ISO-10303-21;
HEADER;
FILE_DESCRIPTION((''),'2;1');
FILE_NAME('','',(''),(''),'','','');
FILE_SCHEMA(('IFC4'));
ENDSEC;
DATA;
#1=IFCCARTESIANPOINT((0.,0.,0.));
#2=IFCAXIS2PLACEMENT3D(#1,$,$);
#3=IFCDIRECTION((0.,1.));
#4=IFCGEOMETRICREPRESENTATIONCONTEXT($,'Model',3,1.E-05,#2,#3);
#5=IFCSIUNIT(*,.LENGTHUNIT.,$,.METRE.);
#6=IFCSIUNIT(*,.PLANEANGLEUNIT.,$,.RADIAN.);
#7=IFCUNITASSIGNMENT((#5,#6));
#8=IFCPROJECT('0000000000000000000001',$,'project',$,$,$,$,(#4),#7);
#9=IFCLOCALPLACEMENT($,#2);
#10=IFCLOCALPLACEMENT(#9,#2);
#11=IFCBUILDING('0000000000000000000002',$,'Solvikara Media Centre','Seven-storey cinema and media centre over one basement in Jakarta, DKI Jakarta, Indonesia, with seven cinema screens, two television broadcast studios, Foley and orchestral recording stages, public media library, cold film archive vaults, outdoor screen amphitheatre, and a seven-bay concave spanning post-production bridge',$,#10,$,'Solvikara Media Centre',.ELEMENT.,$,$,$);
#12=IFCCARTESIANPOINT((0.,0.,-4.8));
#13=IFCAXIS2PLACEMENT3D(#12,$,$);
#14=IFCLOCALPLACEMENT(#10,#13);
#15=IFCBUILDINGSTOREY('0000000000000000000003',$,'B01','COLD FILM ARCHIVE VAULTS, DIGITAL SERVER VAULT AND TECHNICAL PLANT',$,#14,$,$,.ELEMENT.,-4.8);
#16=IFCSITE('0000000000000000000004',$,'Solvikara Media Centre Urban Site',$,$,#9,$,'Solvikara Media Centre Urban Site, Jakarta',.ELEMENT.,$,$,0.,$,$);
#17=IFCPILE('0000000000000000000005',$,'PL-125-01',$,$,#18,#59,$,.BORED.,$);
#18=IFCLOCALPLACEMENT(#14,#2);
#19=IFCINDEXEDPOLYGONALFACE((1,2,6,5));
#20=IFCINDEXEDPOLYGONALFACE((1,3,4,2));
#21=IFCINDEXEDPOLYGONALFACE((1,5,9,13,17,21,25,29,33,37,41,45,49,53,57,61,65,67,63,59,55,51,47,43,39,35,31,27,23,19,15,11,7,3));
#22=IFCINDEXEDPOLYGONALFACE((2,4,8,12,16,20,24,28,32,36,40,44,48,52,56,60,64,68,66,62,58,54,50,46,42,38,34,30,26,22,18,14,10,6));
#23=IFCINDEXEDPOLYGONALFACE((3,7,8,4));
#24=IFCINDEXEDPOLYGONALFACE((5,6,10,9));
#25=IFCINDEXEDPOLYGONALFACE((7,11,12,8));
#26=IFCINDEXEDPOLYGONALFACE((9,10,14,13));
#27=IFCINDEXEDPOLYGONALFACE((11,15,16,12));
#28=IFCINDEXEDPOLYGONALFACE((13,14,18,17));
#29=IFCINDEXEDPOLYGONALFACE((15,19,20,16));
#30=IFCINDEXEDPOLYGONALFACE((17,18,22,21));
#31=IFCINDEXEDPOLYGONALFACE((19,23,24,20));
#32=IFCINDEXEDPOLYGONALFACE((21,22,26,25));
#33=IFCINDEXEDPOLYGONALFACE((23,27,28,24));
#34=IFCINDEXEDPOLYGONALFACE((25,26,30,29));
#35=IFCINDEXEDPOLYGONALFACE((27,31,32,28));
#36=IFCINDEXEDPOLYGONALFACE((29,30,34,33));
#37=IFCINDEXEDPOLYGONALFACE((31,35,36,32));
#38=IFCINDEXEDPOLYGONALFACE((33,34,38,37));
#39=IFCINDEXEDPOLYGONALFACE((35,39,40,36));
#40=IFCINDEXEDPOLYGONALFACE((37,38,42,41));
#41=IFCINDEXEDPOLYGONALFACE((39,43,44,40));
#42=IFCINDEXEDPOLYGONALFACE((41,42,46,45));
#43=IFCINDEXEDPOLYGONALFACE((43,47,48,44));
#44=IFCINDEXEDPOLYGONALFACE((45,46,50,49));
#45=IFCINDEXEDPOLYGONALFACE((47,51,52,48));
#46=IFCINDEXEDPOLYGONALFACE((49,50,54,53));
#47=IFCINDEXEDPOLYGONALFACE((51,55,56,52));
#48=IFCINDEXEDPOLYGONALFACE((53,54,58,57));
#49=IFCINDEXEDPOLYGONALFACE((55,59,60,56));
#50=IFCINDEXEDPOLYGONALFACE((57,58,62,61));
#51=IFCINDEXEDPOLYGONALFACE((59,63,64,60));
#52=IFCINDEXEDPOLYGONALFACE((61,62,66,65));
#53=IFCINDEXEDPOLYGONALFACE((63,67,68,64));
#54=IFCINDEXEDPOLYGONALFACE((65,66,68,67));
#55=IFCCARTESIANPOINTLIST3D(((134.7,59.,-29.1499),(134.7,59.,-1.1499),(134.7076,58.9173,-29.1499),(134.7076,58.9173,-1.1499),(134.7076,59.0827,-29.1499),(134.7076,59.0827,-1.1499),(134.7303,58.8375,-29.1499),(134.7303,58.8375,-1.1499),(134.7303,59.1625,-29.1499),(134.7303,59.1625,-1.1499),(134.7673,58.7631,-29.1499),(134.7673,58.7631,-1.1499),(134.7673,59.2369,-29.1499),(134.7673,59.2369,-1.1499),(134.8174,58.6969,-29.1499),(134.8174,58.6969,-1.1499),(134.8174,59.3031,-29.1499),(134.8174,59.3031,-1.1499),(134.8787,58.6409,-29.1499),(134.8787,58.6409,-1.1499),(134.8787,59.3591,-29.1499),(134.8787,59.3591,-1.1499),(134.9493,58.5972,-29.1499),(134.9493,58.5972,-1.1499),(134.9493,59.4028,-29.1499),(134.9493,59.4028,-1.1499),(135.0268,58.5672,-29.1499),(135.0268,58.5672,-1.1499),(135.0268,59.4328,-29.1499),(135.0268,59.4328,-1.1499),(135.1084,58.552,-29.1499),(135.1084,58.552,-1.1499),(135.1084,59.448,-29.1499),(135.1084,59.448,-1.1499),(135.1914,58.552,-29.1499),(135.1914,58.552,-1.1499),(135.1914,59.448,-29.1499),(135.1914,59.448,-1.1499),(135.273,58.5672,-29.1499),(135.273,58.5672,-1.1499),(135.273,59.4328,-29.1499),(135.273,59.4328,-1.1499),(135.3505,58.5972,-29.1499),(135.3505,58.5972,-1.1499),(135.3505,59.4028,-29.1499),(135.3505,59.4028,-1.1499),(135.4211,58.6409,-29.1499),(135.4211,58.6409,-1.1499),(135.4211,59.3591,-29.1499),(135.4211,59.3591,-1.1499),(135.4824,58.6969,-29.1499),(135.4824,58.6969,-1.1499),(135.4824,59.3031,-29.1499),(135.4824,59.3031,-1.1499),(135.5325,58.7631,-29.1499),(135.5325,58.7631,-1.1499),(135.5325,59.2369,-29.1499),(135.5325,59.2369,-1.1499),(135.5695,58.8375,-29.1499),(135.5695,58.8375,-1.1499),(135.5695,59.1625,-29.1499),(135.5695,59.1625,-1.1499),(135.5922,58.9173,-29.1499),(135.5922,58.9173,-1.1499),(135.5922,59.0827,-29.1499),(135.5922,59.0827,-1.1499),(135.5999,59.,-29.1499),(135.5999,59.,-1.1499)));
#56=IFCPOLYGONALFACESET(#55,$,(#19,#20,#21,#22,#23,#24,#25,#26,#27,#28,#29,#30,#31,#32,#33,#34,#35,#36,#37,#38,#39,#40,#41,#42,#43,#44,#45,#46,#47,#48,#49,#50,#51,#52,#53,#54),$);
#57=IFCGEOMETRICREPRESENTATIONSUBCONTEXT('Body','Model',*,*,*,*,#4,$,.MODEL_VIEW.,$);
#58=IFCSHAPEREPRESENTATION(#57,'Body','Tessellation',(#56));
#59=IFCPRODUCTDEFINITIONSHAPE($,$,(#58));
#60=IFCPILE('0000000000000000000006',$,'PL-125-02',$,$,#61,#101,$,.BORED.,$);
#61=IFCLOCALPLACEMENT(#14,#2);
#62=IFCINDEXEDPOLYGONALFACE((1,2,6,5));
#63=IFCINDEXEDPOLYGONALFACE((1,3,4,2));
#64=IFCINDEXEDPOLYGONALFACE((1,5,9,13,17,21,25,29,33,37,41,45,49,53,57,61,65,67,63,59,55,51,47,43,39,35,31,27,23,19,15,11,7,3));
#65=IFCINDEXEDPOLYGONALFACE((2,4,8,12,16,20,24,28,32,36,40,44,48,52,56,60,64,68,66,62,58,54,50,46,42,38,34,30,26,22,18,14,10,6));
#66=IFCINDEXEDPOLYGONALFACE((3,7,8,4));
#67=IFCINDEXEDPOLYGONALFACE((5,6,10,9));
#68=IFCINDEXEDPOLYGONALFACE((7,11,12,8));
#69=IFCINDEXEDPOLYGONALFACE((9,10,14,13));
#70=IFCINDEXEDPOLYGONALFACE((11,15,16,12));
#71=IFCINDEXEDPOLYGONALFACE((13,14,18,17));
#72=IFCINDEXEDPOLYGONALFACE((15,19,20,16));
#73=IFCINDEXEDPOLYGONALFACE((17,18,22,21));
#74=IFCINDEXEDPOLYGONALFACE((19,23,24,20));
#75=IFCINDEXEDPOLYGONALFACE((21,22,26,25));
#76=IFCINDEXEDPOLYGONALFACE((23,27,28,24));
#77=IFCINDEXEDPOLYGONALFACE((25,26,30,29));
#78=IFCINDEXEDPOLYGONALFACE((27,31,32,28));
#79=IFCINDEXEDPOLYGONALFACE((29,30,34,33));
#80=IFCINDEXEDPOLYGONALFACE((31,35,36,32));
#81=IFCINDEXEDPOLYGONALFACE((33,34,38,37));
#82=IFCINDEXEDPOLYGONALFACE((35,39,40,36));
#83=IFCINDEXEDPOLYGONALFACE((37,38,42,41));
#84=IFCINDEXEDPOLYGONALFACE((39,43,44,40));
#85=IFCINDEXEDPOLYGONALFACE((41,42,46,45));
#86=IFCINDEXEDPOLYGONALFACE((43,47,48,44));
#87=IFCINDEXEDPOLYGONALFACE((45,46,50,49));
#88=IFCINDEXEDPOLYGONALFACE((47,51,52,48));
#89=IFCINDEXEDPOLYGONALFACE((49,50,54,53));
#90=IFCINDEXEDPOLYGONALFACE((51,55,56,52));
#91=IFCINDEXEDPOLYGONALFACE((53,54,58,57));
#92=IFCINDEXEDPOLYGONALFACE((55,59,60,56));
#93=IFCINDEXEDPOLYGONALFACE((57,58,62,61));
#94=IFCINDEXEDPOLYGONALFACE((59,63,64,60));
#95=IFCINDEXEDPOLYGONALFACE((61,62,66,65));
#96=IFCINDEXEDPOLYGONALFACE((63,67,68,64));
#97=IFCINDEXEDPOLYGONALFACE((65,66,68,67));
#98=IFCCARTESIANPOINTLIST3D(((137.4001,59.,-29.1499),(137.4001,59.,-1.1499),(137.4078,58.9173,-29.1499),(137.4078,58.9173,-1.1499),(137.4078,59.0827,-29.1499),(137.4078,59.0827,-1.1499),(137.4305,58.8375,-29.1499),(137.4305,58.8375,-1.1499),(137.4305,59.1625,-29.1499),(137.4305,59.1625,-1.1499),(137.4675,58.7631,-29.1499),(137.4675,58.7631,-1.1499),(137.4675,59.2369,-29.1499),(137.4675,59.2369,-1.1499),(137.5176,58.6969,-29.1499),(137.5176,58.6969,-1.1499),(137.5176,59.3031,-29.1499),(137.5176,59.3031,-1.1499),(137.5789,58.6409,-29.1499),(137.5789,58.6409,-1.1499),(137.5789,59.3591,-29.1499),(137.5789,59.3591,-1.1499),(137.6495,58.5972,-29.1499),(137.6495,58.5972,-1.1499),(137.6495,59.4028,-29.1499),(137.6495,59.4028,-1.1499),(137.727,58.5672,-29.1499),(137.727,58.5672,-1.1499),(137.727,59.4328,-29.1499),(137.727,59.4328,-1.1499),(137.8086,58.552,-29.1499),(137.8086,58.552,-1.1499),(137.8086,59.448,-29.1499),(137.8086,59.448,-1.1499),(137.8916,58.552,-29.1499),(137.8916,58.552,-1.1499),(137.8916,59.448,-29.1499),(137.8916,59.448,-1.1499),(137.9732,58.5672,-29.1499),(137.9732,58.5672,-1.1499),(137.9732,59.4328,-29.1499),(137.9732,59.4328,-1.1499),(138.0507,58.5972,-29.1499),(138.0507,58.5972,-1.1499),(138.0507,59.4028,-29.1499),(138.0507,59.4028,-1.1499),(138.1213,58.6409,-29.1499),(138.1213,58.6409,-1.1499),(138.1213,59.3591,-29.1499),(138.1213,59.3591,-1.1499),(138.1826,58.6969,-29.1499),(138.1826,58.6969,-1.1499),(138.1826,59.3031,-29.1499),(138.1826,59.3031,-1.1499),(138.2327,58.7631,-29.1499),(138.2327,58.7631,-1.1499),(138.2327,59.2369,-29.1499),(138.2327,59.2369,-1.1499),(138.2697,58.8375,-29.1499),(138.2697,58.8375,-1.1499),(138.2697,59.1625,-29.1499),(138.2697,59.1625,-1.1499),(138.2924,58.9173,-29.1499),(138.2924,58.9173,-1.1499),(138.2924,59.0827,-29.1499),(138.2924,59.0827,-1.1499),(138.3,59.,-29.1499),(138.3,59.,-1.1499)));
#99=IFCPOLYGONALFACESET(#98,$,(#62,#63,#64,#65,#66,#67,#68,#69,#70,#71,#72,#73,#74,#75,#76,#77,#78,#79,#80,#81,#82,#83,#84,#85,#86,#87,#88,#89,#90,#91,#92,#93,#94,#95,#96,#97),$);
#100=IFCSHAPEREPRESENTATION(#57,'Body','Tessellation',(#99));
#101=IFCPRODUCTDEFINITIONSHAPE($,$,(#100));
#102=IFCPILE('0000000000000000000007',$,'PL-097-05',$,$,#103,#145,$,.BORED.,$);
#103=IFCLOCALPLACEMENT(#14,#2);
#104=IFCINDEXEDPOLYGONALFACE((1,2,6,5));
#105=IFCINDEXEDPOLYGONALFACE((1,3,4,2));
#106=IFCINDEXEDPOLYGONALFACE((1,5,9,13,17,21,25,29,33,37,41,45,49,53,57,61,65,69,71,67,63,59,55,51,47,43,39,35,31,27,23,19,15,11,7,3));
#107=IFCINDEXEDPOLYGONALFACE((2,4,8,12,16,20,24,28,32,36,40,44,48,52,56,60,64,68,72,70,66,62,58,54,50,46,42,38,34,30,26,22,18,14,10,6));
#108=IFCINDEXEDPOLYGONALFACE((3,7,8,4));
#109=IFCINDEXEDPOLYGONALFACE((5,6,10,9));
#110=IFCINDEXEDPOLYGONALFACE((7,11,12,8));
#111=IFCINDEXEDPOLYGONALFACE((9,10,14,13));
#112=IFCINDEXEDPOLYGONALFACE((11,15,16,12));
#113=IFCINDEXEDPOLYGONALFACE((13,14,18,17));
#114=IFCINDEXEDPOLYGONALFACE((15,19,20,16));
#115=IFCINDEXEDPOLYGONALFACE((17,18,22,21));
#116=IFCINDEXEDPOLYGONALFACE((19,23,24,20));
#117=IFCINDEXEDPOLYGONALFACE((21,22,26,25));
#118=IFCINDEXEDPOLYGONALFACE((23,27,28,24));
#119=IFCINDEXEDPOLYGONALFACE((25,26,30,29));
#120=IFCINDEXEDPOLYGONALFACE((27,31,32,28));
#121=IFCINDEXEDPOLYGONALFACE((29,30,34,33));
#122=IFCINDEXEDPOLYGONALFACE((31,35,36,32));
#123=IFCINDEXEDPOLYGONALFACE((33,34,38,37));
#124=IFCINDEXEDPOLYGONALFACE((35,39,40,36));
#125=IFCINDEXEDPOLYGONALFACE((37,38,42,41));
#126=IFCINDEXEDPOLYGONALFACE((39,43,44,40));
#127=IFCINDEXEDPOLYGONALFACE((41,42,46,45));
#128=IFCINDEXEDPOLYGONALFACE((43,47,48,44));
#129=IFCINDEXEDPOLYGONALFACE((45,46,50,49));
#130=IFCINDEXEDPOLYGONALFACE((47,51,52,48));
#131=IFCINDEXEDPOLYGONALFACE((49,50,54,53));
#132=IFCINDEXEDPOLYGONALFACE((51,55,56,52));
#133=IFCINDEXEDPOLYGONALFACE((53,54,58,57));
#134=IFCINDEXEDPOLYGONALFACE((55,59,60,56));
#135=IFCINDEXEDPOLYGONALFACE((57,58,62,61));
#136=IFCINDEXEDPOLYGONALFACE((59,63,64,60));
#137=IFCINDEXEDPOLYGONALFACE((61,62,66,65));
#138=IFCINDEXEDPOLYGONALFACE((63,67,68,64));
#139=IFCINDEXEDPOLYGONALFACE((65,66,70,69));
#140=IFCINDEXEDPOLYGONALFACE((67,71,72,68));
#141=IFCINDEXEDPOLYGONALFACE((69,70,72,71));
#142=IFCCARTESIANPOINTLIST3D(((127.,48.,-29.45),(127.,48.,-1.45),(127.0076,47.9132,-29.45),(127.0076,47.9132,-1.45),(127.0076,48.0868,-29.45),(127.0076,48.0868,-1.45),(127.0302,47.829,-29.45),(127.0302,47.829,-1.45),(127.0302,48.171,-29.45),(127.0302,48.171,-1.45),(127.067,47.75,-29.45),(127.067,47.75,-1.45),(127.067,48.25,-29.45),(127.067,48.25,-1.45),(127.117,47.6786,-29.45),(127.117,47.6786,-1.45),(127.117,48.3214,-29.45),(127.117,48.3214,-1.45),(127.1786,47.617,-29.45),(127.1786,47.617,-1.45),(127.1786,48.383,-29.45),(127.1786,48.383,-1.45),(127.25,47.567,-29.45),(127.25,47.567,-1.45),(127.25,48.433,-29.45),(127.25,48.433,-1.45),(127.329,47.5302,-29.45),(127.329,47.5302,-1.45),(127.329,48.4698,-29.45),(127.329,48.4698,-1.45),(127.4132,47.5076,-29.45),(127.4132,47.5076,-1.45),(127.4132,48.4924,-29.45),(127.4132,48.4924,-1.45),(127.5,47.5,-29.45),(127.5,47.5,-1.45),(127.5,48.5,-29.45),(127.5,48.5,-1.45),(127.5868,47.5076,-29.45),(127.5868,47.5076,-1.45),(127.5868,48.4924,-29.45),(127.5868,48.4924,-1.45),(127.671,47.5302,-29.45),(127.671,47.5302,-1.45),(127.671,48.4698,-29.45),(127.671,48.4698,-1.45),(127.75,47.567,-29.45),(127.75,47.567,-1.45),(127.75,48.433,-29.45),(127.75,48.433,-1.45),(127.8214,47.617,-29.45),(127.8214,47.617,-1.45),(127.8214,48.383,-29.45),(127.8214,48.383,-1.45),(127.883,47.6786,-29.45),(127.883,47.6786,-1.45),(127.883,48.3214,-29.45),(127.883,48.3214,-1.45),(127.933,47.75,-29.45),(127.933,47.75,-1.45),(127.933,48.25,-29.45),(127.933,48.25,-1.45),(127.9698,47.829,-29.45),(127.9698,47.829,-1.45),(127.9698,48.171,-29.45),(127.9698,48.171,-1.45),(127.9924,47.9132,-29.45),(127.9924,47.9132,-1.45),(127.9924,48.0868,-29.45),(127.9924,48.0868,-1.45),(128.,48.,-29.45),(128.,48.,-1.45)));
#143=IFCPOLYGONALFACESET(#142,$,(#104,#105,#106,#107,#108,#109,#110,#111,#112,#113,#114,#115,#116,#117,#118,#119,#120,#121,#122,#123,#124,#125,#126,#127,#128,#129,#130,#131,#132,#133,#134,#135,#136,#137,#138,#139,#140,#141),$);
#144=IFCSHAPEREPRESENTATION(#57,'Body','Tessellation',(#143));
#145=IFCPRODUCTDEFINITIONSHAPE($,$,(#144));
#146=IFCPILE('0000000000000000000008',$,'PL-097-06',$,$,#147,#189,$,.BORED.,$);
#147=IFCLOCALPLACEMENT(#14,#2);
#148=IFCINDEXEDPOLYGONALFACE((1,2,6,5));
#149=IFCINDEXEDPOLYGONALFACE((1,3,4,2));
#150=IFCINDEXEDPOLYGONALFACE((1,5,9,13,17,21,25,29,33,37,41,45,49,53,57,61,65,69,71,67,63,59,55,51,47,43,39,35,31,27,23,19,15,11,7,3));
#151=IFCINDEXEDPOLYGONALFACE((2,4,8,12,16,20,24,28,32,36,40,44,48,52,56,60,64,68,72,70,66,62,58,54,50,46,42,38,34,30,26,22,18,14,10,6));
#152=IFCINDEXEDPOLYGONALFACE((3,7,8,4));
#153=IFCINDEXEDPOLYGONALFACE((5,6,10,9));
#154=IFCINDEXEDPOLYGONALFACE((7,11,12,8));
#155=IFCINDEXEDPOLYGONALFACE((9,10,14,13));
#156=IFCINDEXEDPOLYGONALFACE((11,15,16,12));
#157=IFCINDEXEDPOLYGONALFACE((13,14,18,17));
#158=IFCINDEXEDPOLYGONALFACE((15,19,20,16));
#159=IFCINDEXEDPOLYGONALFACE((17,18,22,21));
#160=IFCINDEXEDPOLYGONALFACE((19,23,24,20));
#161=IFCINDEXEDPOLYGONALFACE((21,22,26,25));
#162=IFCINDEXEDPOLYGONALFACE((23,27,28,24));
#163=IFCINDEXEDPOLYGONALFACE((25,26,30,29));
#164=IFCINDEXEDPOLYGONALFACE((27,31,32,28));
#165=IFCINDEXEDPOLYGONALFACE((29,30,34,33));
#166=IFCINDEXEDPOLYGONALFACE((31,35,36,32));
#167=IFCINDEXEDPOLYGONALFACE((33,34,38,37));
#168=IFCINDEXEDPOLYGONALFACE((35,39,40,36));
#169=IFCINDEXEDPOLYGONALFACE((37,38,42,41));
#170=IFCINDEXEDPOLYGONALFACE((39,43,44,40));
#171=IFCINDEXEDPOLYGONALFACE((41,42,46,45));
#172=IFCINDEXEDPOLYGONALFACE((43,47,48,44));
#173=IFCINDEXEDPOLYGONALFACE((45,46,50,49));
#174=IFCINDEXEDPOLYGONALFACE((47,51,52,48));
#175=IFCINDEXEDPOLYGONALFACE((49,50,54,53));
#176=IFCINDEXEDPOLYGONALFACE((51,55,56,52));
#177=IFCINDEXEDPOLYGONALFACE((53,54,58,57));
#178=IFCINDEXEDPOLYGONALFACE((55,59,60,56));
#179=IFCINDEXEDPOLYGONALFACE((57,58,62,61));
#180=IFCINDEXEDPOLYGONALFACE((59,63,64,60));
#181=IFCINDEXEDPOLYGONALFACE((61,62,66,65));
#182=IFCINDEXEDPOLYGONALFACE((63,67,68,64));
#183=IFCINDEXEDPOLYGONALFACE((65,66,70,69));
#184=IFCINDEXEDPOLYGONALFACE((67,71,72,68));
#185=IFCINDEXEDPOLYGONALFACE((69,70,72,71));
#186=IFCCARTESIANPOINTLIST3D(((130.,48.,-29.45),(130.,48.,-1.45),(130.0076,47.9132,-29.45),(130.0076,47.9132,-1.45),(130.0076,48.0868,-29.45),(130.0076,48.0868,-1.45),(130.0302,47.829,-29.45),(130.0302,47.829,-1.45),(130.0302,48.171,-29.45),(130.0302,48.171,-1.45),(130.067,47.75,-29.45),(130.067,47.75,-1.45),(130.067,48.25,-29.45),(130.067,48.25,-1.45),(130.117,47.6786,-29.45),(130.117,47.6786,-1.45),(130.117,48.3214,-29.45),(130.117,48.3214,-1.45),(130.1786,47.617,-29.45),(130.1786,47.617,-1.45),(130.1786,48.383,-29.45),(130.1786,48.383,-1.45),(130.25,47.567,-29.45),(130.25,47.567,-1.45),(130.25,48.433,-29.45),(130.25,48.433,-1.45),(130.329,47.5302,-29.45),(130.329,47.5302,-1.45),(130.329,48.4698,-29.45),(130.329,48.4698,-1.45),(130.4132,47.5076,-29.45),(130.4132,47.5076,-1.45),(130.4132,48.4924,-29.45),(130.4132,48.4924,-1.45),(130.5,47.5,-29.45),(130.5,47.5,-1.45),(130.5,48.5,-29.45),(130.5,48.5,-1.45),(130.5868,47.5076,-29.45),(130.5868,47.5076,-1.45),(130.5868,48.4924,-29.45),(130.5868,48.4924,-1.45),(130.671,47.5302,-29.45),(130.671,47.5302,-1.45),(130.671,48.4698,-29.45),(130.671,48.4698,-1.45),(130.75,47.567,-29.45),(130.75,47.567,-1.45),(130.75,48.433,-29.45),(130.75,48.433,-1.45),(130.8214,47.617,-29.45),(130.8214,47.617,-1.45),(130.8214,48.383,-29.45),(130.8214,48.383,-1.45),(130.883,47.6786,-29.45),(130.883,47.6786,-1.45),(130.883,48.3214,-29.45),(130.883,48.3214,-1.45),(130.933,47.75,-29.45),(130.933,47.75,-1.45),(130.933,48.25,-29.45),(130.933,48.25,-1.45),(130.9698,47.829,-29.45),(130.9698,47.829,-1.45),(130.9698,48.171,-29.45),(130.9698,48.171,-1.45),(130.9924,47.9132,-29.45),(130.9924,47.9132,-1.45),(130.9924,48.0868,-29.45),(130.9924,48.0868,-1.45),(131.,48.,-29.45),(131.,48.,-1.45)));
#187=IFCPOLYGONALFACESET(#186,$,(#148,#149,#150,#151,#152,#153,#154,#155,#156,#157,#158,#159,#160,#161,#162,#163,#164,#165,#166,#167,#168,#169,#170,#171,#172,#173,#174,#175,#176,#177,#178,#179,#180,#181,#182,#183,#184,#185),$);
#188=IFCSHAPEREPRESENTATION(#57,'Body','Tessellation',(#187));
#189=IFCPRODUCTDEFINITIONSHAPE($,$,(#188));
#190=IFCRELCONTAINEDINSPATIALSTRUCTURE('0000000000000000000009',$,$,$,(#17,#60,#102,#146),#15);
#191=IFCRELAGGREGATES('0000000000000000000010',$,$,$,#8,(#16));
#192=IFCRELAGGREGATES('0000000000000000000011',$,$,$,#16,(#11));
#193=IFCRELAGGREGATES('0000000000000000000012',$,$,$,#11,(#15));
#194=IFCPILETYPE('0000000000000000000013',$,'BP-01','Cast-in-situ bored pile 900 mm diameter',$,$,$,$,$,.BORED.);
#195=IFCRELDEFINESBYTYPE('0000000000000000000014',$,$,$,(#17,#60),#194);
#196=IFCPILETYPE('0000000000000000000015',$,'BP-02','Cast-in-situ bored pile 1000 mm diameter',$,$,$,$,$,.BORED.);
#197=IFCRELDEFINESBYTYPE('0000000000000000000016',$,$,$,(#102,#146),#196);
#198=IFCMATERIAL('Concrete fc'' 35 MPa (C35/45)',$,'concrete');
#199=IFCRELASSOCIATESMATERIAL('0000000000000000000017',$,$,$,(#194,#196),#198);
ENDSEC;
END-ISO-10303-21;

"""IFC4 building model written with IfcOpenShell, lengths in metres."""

from ifc_helpers import new_model, si_unit, direction, frame, origin, origin_2d, place, context, subcontext, project, spatial, circle, extrude, material, material_profile, profile_set, type_object, element, save


model = new_model("IFC4")

# Units and contexts
model_context = context("Model", 3, precision=1e-05, world=origin(), true_north=direction((0.0, 1.0)))
body_context = subcontext(model_context, "Body", "Model", "MODEL_VIEW")
ifc_project = project(units=[si_unit("LENGTHUNIT", "METRE"), si_unit("PLANEANGLEUNIT", "RADIAN")], contexts=[model_context])

# Site, building, storey
site_placement = place(None, origin())
site = spatial("IfcSite", under=ifc_project, at=site_placement, Name="Solvikara Media Centre Urban Site", LongName="Solvikara Media Centre Urban Site, Jakarta", CompositionType="ELEMENT", RefElevation=0.0)
building_placement = place(site_placement, origin())
building = spatial("IfcBuilding", under=site, at=building_placement, Name="Solvikara Media Centre", Description="Seven-storey cinema and media centre over one basement in Jakarta, DKI Jakarta, Indonesia, with seven cinema screens, two television broadcast studios, Foley and orchestral recording stages, public media library, cold film archive vaults, outdoor screen amphitheatre, and a seven-bay concave spanning post-production bridge", LongName="Solvikara Media Centre", CompositionType="ELEMENT")
storey_placement = place(building_placement, frame((0.0, 0.0, -4.8)))
storey = spatial("IfcBuildingStorey", under=building, at=storey_placement, Name="B01", Description="COLD FILM ARCHIVE VAULTS, DIGITAL SERVER VAULT AND TECHNICAL PLANT", CompositionType="ELEMENT", Elevation=-4.8)

# Piles
ifc_material_1 = material(Name="Concrete fc' 35 MPa (C35/45)", Category="concrete")
ifc_material_profile_1 = material_profile(ifc_material_1, circle(Radius=0.45, at=origin_2d()), Name="BORED PILE D900")
ifc_profile_set_1 = profile_set([ifc_material_profile_1], Name="Concrete fc' 35 MPa (C35/45)")
pile_type_1 = type_object("IfcPileType", Name="BP-01", Description="Cast-in-situ bored pile 900 mm diameter", PredefinedType="BORED", material=ifc_profile_set_1)
for number, where, z_axis, x_axis, name in (
    (1, (135.1499, 59.0, -1.1499), (0.0, 0.0, -1.0), (1.0, 0.0, 0.0), "PL-125-01"),
    (2, (137.8501, 59.0, -1.1499), (0.0, 0.0, -1.0), (1.0, 0.0, 0.0), "PL-125-02"),
):
    element("IfcPile", number, at=place(storey_placement, frame(where, z_axis=z_axis, x_axis=x_axis)), inside=storey, type_object=pile_type_1, Name=name, PredefinedType="BORED", context=body_context, shape_type="SweptSolid", body=[
        extrude(circle(Radius=0.45, at=origin_2d()), origin(), (0.0, 0.0, 1.0), 28.0),
    ])
ifc_material_profile_2 = material_profile(ifc_material_1, circle(Radius=0.5, at=origin_2d()), Name="BORED PILE D1000")
ifc_profile_set_2 = profile_set([ifc_material_profile_2], Name="Concrete fc' 35 MPa (C35/45)")
pile_type_2 = type_object("IfcPileType", Name="BP-02", Description="Cast-in-situ bored pile 1000 mm diameter", PredefinedType="BORED", material=ifc_profile_set_2)
for number, where, z_axis, x_axis, name in (
    (3, (127.5, 48.0, -1.45), (0.0, 0.0, -1.0), (1.0, 0.0, 0.0), "PL-097-05"),
    (4, (130.5, 48.0, -1.45), (0.0, 0.0, -1.0), (1.0, 0.0, 0.0), "PL-097-06"),
):
    element("IfcPile", number, at=place(storey_placement, frame(where, z_axis=z_axis, x_axis=x_axis)), inside=storey, type_object=pile_type_2, Name=name, PredefinedType="BORED", context=body_context, shape_type="SweptSolid", body=[
        extrude(circle(Radius=0.5, at=origin_2d()), origin(), (0.0, 0.0, 1.0), 28.0),
    ])

save(model, "model.ifc")
